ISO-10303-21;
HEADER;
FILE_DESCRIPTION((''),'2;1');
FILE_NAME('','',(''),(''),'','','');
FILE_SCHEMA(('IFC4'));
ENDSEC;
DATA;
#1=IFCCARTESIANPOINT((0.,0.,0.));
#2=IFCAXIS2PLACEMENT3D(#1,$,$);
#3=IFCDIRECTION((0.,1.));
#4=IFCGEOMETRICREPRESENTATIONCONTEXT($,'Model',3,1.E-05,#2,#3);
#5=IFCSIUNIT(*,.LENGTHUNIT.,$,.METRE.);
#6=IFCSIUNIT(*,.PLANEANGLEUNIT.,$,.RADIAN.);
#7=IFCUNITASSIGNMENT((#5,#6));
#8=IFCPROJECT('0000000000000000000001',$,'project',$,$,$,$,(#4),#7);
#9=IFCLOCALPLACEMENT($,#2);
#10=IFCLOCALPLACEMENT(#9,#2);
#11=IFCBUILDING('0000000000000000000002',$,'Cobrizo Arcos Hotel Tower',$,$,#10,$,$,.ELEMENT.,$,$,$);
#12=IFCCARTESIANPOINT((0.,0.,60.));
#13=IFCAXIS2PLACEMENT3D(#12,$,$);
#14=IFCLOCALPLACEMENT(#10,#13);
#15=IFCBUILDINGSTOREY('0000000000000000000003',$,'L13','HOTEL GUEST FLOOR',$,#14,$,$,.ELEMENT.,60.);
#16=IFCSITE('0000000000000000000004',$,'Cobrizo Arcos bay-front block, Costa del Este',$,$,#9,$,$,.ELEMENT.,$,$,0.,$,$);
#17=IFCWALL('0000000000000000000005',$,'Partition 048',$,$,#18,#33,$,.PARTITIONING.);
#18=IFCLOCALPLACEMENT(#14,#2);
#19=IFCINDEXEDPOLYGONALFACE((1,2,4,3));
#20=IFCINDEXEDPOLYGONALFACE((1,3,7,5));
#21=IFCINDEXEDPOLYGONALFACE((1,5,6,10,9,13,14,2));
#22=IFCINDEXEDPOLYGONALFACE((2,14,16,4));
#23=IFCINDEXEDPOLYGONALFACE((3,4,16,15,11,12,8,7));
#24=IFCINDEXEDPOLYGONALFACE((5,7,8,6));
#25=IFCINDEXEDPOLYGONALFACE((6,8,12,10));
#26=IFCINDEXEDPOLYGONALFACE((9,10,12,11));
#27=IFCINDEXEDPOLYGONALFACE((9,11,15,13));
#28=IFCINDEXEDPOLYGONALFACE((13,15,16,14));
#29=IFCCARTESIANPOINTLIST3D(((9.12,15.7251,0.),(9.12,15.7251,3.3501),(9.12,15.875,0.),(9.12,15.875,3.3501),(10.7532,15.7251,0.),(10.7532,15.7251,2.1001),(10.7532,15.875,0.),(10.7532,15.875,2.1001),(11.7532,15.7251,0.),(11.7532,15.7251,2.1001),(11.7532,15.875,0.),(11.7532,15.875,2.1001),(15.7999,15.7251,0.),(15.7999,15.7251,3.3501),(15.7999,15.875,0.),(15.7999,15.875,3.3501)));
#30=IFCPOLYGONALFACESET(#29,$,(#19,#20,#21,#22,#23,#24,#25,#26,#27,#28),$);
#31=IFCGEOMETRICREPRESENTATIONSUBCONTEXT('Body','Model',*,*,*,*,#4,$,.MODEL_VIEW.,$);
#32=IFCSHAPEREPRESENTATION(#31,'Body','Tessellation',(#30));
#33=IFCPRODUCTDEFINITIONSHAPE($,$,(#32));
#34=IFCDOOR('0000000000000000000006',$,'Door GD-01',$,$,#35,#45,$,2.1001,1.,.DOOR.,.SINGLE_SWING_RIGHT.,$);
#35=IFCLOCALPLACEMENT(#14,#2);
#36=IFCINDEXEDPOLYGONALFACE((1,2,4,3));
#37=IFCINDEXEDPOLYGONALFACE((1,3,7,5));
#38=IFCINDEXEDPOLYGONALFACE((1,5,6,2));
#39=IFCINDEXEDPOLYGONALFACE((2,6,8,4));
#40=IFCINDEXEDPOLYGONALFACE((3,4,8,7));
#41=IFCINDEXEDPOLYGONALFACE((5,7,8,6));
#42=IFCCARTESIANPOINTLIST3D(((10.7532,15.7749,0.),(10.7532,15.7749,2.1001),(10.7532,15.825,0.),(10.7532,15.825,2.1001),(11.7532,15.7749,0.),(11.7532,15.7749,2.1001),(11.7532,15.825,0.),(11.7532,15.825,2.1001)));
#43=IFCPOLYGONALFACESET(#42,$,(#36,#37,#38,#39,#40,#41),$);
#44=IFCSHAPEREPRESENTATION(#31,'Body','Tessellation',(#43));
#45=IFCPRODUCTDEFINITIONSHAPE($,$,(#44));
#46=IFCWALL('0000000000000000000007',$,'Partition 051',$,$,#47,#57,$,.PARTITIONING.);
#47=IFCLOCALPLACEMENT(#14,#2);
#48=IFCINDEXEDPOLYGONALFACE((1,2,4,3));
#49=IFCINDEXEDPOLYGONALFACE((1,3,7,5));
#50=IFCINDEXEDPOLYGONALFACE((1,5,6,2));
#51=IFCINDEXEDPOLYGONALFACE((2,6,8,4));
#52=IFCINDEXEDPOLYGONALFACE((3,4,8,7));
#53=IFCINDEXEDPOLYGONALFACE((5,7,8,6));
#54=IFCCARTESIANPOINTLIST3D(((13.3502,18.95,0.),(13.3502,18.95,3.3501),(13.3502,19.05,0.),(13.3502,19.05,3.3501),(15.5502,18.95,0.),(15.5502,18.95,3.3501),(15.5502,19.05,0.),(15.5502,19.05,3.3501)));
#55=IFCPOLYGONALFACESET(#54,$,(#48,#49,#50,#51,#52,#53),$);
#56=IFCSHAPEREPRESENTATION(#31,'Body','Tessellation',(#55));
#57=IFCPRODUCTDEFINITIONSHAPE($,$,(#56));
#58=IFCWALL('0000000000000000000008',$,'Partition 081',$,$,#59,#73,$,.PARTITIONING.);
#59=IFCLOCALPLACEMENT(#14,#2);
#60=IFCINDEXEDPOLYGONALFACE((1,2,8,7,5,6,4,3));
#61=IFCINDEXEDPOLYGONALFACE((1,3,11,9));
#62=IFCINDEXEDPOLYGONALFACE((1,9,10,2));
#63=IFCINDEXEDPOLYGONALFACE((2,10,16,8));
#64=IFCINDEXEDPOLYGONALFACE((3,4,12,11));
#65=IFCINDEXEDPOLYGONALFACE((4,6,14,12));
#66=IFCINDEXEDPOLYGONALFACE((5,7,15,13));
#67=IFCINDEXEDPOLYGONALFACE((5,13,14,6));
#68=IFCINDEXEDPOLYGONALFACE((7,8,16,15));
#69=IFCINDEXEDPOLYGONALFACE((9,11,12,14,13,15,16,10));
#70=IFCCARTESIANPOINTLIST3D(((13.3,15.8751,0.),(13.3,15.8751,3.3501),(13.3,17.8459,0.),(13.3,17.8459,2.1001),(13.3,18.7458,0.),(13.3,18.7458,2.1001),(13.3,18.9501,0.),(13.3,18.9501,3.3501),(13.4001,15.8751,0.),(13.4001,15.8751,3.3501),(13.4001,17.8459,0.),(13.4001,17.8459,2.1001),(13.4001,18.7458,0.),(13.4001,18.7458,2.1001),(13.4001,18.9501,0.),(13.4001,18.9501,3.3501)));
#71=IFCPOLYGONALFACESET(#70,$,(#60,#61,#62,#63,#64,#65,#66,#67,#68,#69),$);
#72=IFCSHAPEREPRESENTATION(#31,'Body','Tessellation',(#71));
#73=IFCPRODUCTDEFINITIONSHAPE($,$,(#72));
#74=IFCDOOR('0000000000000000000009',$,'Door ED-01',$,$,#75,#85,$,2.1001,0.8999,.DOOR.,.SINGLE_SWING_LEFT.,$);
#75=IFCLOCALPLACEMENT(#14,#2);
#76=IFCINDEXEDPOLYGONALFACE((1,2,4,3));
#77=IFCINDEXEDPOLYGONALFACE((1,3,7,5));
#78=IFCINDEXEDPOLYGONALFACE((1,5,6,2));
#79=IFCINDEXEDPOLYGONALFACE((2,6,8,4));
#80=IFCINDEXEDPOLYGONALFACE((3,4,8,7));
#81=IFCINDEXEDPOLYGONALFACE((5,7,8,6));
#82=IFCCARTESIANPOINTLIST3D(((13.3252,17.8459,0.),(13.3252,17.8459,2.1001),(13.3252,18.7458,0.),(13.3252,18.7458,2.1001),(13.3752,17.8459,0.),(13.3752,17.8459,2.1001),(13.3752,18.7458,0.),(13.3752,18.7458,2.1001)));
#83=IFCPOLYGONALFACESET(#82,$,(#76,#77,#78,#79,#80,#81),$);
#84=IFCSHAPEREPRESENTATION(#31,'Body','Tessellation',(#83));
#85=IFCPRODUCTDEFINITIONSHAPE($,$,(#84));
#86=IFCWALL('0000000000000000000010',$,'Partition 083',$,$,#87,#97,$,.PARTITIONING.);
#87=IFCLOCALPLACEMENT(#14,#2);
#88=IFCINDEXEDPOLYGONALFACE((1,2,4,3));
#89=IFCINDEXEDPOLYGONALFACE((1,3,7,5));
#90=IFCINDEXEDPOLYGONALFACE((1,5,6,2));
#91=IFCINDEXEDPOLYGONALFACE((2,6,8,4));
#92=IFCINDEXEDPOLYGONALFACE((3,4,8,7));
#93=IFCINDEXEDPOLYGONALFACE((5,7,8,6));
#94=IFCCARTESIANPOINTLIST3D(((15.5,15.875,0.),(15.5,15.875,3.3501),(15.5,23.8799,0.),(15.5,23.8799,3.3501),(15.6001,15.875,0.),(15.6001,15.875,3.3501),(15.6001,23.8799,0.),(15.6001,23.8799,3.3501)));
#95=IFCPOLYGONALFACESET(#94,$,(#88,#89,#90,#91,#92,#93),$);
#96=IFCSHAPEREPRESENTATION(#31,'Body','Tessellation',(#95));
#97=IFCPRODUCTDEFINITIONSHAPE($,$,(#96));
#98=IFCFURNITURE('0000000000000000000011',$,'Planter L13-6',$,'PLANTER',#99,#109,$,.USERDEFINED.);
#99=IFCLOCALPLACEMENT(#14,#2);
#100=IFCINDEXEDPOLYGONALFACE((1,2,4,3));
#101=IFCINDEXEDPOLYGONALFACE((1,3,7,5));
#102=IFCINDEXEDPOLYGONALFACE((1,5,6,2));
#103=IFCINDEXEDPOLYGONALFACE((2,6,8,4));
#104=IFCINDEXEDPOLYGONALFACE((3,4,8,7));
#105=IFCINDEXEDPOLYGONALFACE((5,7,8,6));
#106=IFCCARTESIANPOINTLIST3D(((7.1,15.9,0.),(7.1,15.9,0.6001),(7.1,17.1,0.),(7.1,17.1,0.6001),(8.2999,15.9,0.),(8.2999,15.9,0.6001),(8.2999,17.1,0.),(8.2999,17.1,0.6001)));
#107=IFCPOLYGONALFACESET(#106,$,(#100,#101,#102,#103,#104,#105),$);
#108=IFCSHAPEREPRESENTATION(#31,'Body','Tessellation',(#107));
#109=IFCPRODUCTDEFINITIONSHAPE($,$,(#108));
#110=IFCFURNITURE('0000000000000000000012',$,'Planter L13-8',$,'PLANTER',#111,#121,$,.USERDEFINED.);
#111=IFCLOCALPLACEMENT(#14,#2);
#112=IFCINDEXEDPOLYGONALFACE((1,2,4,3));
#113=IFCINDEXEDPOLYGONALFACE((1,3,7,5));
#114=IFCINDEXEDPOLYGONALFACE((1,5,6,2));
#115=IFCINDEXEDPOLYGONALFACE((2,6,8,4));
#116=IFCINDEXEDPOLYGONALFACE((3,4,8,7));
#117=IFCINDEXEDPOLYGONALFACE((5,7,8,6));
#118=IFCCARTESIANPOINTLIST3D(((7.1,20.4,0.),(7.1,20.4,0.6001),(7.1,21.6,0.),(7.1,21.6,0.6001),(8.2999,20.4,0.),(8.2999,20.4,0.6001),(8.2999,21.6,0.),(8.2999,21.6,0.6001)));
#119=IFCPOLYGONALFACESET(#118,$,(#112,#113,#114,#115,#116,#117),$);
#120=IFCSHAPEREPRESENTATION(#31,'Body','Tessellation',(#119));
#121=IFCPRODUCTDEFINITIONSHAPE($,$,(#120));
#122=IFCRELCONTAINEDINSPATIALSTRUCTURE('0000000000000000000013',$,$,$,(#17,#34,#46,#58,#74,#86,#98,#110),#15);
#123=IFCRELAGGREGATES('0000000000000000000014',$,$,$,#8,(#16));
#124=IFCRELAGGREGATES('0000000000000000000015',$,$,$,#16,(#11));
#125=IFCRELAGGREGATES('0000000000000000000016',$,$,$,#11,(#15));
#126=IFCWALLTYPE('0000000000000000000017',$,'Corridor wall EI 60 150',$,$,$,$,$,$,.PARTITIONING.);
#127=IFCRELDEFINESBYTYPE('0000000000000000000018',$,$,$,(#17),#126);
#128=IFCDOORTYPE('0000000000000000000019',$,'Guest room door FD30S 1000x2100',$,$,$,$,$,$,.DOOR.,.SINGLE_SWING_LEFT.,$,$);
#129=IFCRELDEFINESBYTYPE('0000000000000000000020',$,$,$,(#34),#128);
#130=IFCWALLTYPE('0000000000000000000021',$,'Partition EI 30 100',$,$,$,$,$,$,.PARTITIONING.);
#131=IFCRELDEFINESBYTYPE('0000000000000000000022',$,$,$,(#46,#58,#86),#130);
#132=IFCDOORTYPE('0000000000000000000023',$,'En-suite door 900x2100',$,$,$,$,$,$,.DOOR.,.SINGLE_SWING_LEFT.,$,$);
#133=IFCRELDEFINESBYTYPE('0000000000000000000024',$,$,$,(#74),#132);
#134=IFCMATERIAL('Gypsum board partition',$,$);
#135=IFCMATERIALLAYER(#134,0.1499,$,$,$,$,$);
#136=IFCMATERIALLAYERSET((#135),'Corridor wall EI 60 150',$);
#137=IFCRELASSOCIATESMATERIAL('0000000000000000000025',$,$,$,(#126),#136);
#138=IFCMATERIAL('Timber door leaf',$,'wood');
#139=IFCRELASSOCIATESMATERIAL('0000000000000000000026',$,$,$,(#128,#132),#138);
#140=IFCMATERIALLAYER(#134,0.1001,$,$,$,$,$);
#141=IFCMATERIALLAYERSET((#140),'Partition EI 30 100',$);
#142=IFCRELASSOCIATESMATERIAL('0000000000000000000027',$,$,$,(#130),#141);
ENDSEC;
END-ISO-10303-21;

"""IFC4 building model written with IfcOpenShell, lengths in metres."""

from ifc_helpers import new_model, si_unit, direction, frame, frame_2d, origin, origin_2d, place, context, subcontext, project, spatial, rectangle, extrude, material, layer, layer_set, type_object, element, fill, save


model = new_model("IFC4")

# Units and contexts
model_context = context("Model", 3, precision=1e-05, world=origin(), true_north=direction((0.0, 1.0)))
body_context = subcontext(model_context, "Body", "Model", "MODEL_VIEW")
ifc_project = project(units=[si_unit("LENGTHUNIT", "METRE"), si_unit("PLANEANGLEUNIT", "RADIAN")], contexts=[model_context])

# Site, building, storey
site_placement = place(None, origin())
site = spatial("IfcSite", under=ifc_project, at=site_placement, Name="Cobrizo Arcos bay-front block, Costa del Este", CompositionType="ELEMENT", RefElevation=0.0)
building_placement = place(site_placement, origin())
building = spatial("IfcBuilding", under=site, at=building_placement, Name="Cobrizo Arcos Hotel Tower", CompositionType="ELEMENT")
storey_placement = place(building_placement, frame((0.0, 0.0, 60.0)))
storey = spatial("IfcBuildingStorey", under=building, at=storey_placement, Name="L13", Description="HOTEL GUEST FLOOR", CompositionType="ELEMENT", Elevation=60.0)

# Shared definitions
ifc_material_1 = material(Name="Gypsum board partition")
ifc_layer_1 = layer(ifc_material_1, 0.1499)
ifc_layer_set_1 = layer_set([ifc_layer_1], Name="Corridor wall EI 60 150")
wall_type_1 = type_object("IfcWallType", Name="Corridor wall EI 60 150", PredefinedType="PARTITIONING", material=ifc_layer_set_1)

# Wall, opening, door
wall_1_placement = place(storey_placement, frame((9.1201, 15.8, 0.0), z_axis=(0.0, 0.0, 1.0), x_axis=(1.0, 0.0, 0.0)))
wall_1 = element("IfcWall", 1, at=wall_1_placement, inside=storey, type_object=wall_type_1, Name="Partition 048", PredefinedType="PARTITIONING", context=body_context, shape_type="SweptSolid", body=[
    extrude(rectangle(XDim=6.6799, YDim=0.1499, at=frame_2d((3.3398, 0.0))), origin(), (0.0, 0.0, 1.0), 3.3501),
])
opening_1_placement = place(wall_1_placement, frame((1.6331, 0.0, 0.0)))
opening_1 = element("IfcOpeningElement", 2, at=opening_1_placement, cuts=wall_1, PredefinedType="OPENING", context=body_context, shape_type="SweptSolid", body=[
    extrude(rectangle(XDim=1.0, YDim=2.1001, at=frame_2d((0.5, 1.05))), frame((0.0, 0.0869, 0.0), z_axis=(0.0, -1.0, 0.0), x_axis=(1.0, 0.0, 0.0)), (0.0, 0.0, 1.0), 0.1738),
])
ifc_material_2 = material(Name="Timber door leaf", Category="wood")
door_type_1 = type_object("IfcDoorType", Name="Guest room door FD30S 1000x2100", OperationType="SINGLE_SWING_LEFT", PredefinedType="DOOR", material=ifc_material_2)
door_1_placement = place(opening_1_placement, origin())
door_1 = element("IfcDoor", 3, at=door_1_placement, inside=storey, type_object=door_type_1, Name="Door GD-01", OperationType="SINGLE_SWING_RIGHT", OverallHeight=2.1001, OverallWidth=1.0, PredefinedType="DOOR", context=body_context, shape_type="SweptSolid", body=[
    extrude(rectangle(XDim=1.0, YDim=2.1001, at=frame_2d((0.5, 1.05))), frame((0.0, 0.0249, 0.0), z_axis=(0.0, -1.0, 0.0), x_axis=(1.0, 0.0, 0.0)), (0.0, 0.0, 1.0), 0.05),
])
fill(opening_1, door_1)

# Wall
ifc_layer_2 = layer(ifc_material_1, 0.1001)
ifc_layer_set_2 = layer_set([ifc_layer_2], Name="Partition EI 30 100")
wall_type_2 = type_object("IfcWallType", Name="Partition EI 30 100", PredefinedType="PARTITIONING", material=ifc_layer_set_2)
wall_2_placement = place(storey_placement, frame((13.3501, 19.0, 0.0), z_axis=(0.0, 0.0, 1.0), x_axis=(1.0, 0.0, 0.0)))
element("IfcWall", 4, at=wall_2_placement, inside=storey, type_object=wall_type_2, Name="Partition 051", PredefinedType="PARTITIONING", context=body_context, shape_type="SweptSolid", body=[
    extrude(rectangle(XDim=2.2, YDim=0.1001, at=frame_2d((1.1001, 0.0))), origin(), (0.0, 0.0, 1.0), 3.3501),
])

# Wall, opening, door
wall_3_placement = place(storey_placement, frame((13.3501, 15.875, 0.0), z_axis=(0.0, 0.0, 1.0), x_axis=(0.0, 1.0, 0.0)))
wall_3 = element("IfcWall", 5, at=wall_3_placement, inside=storey, type_object=wall_type_2, Name="Partition 081", PredefinedType="PARTITIONING", context=body_context, shape_type="SweptSolid", body=[
    extrude(rectangle(XDim=3.075, YDim=0.1001, at=frame_2d((1.5376, 0.0))), origin(), (0.0, 0.0, 1.0), 3.3501),
])
opening_2_placement = place(wall_3_placement, frame((1.9709, 0.0, 0.0)))
opening_2 = element("IfcOpeningElement", 6, at=opening_2_placement, cuts=wall_3, PredefinedType="OPENING", context=body_context, shape_type="SweptSolid", body=[
    extrude(rectangle(XDim=0.8999, YDim=2.1001, at=frame_2d((0.45, 1.05))), frame((0.0, 0.062, 0.0), z_axis=(0.0, -1.0, 0.0), x_axis=(1.0, 0.0, 0.0)), (0.0, 0.0, 1.0), 0.124),
])
door_type_2 = type_object("IfcDoorType", Name="En-suite door 900x2100", OperationType="SINGLE_SWING_LEFT", PredefinedType="DOOR", material=ifc_material_2)
door_2_placement = place(opening_2_placement, origin())
door_2 = element("IfcDoor", 7, at=door_2_placement, inside=storey, type_object=door_type_2, Name="Door ED-01", OperationType="SINGLE_SWING_LEFT", OverallHeight=2.1001, OverallWidth=0.8999, PredefinedType="DOOR", context=body_context, shape_type="SweptSolid", body=[
    extrude(rectangle(XDim=0.8999, YDim=2.1001, at=frame_2d((0.45, 1.05))), frame((0.0, 0.0249, 0.0), z_axis=(0.0, -1.0, 0.0), x_axis=(1.0, 0.0, 0.0)), (0.0, 0.0, 1.0), 0.05),
])
fill(opening_2, door_2)

# Wall
wall_4_placement = place(storey_placement, frame((15.55, 15.875, 0.0), z_axis=(0.0, 0.0, 1.0), x_axis=(0.0, 1.0, 0.0)))
element("IfcWall", 8, at=wall_4_placement, inside=storey, type_object=wall_type_2, Name="Partition 083", PredefinedType="PARTITIONING", context=body_context, shape_type="SweptSolid", body=[
    extrude(rectangle(XDim=8.0049, YDim=0.1001, at=frame_2d((4.0024, 0.0))), origin(), (0.0, 0.0, 1.0), 3.3501),
])

# Furniture
for number, where, z_axis, x_axis, name in (
    (9, (7.7, 16.5, 0.0), (0.0, 0.0, 1.0), (1.0, 0.0, 0.0), "Planter L13-6"),
    (10, (7.7, 21.0, 0.0), (0.0, 0.0, 1.0), (1.0, 0.0, 0.0), "Planter L13-8"),
):
    element("IfcFurniture", number, at=place(storey_placement, frame(where, z_axis=z_axis, x_axis=x_axis)), inside=storey, Name=name, ObjectType="PLANTER", PredefinedType="USERDEFINED", context=body_context, shape_type="SweptSolid", body=[
        extrude(rectangle(XDim=1.2, YDim=1.2, at=origin_2d()), origin(), (0.0, 0.0, 1.0), 0.6001),
    ])

save(model, "model.ifc")
